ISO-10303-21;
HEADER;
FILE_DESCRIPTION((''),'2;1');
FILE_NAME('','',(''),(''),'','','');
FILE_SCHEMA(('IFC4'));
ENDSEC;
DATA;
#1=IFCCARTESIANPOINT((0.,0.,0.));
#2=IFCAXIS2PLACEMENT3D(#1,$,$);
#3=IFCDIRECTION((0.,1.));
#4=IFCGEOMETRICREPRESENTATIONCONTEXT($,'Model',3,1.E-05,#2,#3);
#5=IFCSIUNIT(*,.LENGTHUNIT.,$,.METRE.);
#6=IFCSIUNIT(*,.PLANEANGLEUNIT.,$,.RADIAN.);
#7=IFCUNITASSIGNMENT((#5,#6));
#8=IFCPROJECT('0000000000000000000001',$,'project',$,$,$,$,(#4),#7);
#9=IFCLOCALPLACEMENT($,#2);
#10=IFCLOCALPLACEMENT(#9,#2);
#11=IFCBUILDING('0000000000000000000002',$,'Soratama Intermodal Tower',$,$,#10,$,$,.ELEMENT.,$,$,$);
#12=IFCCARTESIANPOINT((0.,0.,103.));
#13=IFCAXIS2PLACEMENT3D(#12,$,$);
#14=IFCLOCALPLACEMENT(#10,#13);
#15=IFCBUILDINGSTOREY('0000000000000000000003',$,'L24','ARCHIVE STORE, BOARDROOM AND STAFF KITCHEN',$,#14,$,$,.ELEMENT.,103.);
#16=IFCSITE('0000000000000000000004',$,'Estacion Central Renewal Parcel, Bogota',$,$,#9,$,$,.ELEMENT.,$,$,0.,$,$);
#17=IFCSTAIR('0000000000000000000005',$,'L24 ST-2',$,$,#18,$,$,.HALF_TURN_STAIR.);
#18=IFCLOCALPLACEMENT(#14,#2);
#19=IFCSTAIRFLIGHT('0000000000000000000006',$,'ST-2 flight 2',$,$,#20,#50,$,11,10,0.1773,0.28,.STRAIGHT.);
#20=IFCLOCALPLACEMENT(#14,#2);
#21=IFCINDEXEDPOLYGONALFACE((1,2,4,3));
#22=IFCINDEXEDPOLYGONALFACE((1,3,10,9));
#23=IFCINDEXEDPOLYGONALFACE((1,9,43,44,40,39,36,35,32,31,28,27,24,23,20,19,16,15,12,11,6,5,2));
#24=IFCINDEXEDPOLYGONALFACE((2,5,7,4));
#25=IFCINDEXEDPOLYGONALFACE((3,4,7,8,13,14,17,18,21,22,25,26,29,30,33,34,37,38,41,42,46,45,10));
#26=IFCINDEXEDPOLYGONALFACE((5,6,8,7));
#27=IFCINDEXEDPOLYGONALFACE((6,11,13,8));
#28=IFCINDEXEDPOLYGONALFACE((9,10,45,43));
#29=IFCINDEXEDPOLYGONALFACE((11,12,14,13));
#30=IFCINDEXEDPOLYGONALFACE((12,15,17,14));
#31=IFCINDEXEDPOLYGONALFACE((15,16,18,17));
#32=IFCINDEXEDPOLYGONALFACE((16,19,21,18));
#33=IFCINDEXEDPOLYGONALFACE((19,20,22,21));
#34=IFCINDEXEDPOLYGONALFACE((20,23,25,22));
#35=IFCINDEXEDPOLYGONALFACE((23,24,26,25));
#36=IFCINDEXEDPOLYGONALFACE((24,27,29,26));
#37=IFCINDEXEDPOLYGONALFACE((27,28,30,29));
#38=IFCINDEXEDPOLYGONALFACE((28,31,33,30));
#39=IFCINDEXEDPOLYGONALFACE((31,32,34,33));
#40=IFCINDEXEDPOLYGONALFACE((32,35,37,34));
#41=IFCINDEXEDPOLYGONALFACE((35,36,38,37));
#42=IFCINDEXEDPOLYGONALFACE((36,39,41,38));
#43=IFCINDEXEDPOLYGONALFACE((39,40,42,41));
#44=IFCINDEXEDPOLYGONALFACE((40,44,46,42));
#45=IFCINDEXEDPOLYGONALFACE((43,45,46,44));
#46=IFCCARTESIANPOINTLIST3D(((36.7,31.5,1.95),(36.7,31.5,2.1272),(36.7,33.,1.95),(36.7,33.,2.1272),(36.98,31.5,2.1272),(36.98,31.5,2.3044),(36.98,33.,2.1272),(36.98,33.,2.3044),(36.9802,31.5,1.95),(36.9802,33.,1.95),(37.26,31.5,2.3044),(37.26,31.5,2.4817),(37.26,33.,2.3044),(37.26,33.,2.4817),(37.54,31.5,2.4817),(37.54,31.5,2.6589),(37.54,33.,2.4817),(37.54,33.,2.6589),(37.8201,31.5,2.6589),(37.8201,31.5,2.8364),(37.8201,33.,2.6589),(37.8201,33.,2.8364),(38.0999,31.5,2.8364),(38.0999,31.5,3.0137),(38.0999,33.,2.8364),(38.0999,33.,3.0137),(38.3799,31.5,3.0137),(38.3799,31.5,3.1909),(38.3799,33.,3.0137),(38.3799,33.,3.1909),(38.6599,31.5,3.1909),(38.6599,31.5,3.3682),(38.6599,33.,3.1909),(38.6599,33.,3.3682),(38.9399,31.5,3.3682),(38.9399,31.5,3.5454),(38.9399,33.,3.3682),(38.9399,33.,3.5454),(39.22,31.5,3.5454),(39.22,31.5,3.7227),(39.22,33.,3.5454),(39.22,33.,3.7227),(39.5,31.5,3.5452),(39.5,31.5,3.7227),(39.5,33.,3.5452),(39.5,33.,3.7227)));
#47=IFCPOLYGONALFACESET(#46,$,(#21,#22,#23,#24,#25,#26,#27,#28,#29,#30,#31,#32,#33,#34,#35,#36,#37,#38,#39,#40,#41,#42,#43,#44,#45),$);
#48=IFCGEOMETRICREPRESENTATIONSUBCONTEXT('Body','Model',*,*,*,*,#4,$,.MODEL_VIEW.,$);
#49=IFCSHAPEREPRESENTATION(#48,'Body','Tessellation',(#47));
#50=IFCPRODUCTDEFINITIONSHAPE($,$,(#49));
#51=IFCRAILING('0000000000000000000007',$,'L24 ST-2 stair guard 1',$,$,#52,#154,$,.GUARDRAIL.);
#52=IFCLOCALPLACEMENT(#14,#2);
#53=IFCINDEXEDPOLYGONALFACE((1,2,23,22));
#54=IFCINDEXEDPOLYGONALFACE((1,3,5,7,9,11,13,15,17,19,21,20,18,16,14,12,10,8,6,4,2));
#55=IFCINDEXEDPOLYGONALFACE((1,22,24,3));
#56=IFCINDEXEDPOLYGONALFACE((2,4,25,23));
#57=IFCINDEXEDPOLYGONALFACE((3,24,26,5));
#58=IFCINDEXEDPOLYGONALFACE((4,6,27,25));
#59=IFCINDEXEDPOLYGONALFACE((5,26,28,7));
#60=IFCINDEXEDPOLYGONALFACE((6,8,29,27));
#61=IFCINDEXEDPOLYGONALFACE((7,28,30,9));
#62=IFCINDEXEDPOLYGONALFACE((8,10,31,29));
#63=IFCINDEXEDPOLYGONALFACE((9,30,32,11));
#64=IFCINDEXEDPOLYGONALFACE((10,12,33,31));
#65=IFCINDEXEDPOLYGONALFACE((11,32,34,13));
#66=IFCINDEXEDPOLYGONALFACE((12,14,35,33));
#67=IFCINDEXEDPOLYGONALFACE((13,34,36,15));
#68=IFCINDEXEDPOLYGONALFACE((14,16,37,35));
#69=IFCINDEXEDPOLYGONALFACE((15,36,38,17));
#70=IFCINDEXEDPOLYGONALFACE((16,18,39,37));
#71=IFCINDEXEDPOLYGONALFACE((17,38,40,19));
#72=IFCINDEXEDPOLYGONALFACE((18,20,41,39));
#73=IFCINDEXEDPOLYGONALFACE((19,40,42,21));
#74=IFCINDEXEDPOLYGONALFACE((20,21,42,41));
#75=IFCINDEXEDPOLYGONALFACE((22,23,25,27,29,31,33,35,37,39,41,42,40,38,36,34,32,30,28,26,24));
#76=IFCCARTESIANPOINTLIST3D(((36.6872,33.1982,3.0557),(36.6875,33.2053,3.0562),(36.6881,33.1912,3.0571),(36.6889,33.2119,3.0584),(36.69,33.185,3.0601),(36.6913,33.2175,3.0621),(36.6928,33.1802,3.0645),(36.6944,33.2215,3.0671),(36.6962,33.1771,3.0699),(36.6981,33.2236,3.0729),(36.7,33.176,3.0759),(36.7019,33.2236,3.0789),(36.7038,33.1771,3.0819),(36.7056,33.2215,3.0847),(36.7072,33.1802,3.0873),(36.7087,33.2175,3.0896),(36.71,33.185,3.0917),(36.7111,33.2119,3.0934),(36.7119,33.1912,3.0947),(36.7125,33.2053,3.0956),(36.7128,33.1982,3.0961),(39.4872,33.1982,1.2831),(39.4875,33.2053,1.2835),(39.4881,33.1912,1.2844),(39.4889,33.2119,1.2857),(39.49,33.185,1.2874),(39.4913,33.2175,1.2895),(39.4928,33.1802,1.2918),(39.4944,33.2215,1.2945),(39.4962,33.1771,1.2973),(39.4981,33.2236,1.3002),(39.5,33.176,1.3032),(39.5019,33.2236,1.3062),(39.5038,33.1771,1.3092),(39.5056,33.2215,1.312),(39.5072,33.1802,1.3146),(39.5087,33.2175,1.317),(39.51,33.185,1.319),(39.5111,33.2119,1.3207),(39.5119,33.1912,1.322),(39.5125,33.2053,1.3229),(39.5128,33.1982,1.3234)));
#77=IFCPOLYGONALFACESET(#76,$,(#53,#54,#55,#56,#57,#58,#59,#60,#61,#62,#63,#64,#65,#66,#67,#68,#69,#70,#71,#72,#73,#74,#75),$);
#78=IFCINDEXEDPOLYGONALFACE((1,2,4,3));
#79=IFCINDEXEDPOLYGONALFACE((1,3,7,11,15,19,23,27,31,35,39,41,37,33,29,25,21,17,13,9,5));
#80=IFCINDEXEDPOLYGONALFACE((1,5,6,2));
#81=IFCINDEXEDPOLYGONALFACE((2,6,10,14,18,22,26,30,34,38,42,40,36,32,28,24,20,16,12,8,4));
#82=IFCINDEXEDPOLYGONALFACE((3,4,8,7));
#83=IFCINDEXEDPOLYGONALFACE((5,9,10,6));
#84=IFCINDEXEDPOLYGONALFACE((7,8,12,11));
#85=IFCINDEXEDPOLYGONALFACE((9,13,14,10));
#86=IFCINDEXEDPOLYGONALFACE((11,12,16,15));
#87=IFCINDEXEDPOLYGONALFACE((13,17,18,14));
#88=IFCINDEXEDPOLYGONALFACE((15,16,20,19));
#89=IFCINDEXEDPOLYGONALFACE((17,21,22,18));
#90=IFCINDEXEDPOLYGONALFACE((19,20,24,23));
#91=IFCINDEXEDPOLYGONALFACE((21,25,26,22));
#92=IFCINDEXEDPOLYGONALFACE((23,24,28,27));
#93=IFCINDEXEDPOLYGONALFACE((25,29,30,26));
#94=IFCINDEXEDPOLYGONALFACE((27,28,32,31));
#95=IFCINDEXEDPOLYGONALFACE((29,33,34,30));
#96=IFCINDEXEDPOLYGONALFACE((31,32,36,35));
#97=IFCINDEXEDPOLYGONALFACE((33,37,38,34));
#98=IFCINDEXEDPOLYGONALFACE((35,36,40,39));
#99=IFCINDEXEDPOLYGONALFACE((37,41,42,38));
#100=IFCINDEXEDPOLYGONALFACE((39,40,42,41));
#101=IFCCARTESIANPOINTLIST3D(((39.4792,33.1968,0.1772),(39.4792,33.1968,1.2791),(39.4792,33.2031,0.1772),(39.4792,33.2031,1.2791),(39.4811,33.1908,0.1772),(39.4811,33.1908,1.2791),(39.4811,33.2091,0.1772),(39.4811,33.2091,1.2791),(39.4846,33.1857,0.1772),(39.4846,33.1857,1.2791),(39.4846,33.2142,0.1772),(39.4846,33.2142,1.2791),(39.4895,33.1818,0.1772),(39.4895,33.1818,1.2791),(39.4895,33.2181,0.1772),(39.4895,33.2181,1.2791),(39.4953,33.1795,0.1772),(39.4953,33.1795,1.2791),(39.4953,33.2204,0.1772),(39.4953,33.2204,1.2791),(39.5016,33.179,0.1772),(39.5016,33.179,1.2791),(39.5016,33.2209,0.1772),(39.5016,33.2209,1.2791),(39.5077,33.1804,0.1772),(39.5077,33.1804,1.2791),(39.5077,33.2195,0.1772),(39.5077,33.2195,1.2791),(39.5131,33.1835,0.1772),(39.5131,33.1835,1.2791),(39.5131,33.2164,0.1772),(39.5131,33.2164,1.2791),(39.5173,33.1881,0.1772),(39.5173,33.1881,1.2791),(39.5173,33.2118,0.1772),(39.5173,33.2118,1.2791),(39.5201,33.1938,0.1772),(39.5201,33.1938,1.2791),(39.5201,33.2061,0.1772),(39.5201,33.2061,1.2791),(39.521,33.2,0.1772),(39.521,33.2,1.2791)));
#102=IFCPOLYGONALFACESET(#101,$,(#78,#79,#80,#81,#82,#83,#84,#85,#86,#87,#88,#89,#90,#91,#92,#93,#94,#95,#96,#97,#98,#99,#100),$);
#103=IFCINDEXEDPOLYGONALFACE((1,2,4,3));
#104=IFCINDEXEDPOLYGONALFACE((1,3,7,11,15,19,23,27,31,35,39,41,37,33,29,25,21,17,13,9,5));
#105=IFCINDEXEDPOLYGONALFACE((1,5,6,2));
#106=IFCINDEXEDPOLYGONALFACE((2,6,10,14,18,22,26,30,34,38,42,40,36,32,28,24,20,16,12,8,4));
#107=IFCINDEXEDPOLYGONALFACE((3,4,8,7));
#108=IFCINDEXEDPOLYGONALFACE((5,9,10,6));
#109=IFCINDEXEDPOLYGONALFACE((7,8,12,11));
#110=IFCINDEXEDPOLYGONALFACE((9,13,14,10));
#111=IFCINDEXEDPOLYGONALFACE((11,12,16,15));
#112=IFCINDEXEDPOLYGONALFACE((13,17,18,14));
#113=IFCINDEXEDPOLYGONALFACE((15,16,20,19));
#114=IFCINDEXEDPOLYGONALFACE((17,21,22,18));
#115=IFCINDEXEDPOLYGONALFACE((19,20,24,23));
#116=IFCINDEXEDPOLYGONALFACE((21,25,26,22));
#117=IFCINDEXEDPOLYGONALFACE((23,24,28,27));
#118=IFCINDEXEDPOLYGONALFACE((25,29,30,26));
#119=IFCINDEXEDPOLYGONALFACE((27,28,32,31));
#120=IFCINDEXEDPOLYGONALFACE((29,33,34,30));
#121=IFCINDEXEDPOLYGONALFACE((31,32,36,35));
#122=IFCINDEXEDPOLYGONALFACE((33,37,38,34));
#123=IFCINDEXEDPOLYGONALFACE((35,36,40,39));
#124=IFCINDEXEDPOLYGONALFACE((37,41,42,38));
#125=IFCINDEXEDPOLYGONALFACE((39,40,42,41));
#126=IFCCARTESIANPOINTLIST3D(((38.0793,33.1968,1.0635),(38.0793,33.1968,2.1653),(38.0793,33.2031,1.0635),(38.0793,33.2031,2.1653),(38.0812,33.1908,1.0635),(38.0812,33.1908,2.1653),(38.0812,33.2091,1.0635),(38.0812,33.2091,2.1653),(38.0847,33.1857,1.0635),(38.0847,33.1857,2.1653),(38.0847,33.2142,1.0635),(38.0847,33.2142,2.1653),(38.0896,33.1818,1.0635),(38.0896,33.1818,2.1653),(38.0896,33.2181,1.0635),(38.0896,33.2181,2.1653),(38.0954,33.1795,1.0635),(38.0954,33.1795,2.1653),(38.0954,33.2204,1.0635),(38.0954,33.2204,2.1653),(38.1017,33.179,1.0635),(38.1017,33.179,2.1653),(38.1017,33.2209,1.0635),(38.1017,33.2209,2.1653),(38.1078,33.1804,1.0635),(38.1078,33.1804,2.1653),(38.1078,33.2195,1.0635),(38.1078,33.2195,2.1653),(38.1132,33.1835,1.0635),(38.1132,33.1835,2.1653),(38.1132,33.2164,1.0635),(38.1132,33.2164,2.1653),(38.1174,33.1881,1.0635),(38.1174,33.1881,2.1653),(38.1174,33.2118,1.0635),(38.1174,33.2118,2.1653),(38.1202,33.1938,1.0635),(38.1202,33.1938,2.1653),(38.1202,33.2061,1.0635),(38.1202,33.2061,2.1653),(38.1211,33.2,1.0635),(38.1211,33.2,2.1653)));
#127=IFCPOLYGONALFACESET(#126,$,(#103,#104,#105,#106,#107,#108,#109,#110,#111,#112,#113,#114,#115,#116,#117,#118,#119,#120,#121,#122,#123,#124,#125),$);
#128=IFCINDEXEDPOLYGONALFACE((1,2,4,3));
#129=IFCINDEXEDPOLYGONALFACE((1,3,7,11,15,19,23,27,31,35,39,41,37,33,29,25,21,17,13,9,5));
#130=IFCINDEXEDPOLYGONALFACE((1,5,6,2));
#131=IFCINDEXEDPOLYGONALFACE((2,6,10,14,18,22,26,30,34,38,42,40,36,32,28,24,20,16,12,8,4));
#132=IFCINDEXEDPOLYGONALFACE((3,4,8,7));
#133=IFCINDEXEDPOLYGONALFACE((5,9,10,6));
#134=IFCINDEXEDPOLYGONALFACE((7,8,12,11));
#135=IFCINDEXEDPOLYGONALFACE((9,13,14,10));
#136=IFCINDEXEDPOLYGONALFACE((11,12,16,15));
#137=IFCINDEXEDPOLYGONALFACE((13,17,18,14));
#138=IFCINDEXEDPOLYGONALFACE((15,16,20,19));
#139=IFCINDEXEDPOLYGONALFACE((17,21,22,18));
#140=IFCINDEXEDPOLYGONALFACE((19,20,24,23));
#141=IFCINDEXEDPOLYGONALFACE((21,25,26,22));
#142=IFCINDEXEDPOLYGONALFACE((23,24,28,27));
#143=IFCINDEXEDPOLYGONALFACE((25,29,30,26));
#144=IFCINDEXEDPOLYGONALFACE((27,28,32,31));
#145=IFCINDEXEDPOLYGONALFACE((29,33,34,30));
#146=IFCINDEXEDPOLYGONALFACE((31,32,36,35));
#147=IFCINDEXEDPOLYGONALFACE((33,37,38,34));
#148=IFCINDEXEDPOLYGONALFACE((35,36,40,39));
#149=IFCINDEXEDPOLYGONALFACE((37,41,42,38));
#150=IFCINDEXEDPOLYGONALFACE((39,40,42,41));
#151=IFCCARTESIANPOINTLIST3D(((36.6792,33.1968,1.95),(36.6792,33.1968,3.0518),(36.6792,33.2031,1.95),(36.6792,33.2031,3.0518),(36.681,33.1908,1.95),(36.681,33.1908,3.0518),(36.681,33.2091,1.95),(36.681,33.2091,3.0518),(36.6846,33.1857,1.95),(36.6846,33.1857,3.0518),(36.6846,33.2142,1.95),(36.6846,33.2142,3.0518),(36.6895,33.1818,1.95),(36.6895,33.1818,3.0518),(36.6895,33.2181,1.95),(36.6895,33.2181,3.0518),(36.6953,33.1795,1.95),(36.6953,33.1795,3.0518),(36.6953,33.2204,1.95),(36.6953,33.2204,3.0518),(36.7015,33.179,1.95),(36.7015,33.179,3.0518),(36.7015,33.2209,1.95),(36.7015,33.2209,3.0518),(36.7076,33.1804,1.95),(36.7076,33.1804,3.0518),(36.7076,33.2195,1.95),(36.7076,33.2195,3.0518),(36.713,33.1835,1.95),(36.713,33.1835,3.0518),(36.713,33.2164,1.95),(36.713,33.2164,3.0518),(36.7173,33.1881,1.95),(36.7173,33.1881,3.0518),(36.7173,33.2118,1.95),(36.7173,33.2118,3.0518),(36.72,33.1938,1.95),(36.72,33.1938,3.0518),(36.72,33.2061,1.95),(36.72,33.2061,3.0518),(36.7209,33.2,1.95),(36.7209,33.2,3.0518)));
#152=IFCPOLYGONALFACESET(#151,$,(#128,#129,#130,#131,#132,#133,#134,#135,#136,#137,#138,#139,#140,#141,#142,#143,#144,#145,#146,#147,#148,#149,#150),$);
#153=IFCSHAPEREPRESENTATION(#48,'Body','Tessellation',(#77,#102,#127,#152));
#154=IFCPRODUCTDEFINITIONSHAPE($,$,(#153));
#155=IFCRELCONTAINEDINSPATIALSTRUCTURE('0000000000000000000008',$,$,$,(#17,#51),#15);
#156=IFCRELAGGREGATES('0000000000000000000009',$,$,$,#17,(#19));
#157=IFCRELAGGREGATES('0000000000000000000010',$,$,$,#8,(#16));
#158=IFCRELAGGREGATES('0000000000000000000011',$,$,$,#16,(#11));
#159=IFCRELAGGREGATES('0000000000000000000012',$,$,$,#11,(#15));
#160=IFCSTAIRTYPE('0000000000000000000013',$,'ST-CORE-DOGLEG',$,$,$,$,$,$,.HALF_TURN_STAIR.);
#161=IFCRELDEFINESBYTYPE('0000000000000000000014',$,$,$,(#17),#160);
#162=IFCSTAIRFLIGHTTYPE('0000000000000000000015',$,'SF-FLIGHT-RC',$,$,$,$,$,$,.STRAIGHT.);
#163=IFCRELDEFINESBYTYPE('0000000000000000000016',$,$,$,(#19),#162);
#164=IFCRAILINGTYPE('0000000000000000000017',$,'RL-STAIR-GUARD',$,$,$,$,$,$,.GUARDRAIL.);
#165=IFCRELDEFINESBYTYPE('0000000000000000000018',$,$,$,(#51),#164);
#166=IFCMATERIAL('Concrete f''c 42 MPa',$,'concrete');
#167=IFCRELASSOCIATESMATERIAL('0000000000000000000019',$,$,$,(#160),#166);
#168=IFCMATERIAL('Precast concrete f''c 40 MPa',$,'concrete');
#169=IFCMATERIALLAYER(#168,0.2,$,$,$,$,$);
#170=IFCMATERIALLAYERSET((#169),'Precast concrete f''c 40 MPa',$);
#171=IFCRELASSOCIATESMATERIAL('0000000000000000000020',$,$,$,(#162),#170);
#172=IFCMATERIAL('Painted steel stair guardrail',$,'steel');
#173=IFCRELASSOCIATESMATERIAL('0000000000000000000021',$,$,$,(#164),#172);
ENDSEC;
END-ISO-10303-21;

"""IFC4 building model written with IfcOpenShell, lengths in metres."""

from ifc_helpers import new_model, si_unit, direction, frame, origin, origin_2d, place, context, subcontext, project, spatial, polyline, circle, outline, extrude, material, layer, layer_set, type_object, element, aggregate, save


model = new_model("IFC4")

# Units and contexts
model_context = context("Model", 3, precision=1e-05, world=origin(), true_north=direction((0.0, 1.0)))
body_context = subcontext(model_context, "Body", "Model", "MODEL_VIEW")
ifc_project = project(units=[si_unit("LENGTHUNIT", "METRE"), si_unit("PLANEANGLEUNIT", "RADIAN")], contexts=[model_context])

# Site, building, storey
site_placement = place(None, origin())
site = spatial("IfcSite", under=ifc_project, at=site_placement, Name="Estacion Central Renewal Parcel, Bogota", CompositionType="ELEMENT", RefElevation=0.0)
building_placement = place(site_placement, origin())
building = spatial("IfcBuilding", under=site, at=building_placement, Name="Soratama Intermodal Tower", CompositionType="ELEMENT")
storey_placement = place(building_placement, frame((0.0, 0.0, 103.0)))
storey = spatial("IfcBuildingStorey", under=building, at=storey_placement, Name="L24", Description="ARCHIVE STORE, BOARDROOM AND STAFF KITCHEN", CompositionType="ELEMENT", Elevation=103.0)

# Stair, stair flight
ifc_material_1 = material(Name="Concrete f'c 42 MPa", Category="concrete")
stair_type = type_object("IfcStairType", Name="ST-CORE-DOGLEG", PredefinedType="HALF_TURN_STAIR", material=ifc_material_1)
stair_placement = place(storey_placement, origin())
stair = element("IfcStair", 1, at=stair_placement, inside=storey, type_object=stair_type, Name="L24 ST-2", PredefinedType="HALF_TURN_STAIR")
ifc_material_2 = material(Name="Precast concrete f'c 40 MPa", Category="concrete")
ifc_layer_1 = layer(ifc_material_2, 0.2)
ifc_layer_set_1 = layer_set([ifc_layer_1], Name="Precast concrete f'c 40 MPa")
stair_flight_type = type_object("IfcStairFlightType", Name="SF-FLIGHT-RC", PredefinedType="STRAIGHT", material=ifc_layer_set_1)
stair_flight_placement = place(storey_placement, frame((36.7, 32.25, 1.95), z_axis=(0.0, 0.0, 1.0), x_axis=(1.0, 0.0, 0.0)))
stair_flight = element("IfcStairFlight", 2, at=stair_flight_placement, type_object=stair_flight_type, Name="ST-2 flight 2", NumberOfRisers=11, NumberOfTreads=10, PredefinedType="STRAIGHT", RiserHeight=0.1773, TreadLength=0.28, context=body_context, shape_type="SweptSolid", body=[
    extrude(outline(polyline([(0.0, 0.0), (0.0, 0.1772), (0.28, 0.1772), (0.28, 0.3545), (0.5601, 0.3545), (0.5601, 0.5317), (0.8401, 0.5317), (0.8401, 0.709), (1.1201, 0.709), (1.1201, 0.8865), (1.3999, 0.8865), (1.3999, 1.0637), (1.6799, 1.0637), (1.6799, 1.241), (1.96, 1.241), (1.96, 1.4182), (2.24, 1.4182), (2.24, 1.5955), (2.52, 1.5955), (2.52, 1.7727), (2.8, 1.7727), (2.8, 1.95), (2.8, 1.5952), (0.2803, 0.0), (0.0, 0.0)])), frame((0.0, 0.75, 0.0), z_axis=(0.0, -1.0, 0.0), x_axis=(1.0, 0.0, 0.0)), (0.0, 0.0, 1.0), 1.5),
])
aggregate(stair, [stair_flight])

# Railing
ifc_material_3 = material(Name="Painted steel stair guardrail", Category="steel")
railing_type_1 = type_object("IfcRailingType", Name="RL-STAIR-GUARD", PredefinedType="GUARDRAIL", material=ifc_material_3)
railing_1_placement = place(storey_placement, frame((39.5, 33.2, 0.1772)))
element("IfcRailing", 3, at=railing_1_placement, inside=storey, type_object=railing_type_1, Name="L24 ST-2 stair guard 1", PredefinedType="GUARDRAIL", context=body_context, shape_type="SweptSolid", body=[
    extrude(circle(Radius=0.0239, at=origin_2d()), frame((0.0, 0.0, 1.126), z_axis=(-0.844909, 0.0, 0.53491), x_axis=(0.0, -1.0, 0.0)), (0.0, 0.0, 1.0), 3.314),
    extrude(circle(Radius=0.021, at=origin_2d()), origin(), (0.0, 0.0, 1.0), 1.1018),
    extrude(circle(Radius=0.021, at=origin_2d()), frame((-1.3999, 0.0, 0.8862)), (0.0, 0.0, 1.0), 1.1018),
    extrude(circle(Radius=0.021, at=origin_2d()), frame((-2.8, 0.0, 1.7727)), (0.0, 0.0, 1.0), 1.1018),
])

save(model, "model.ifc")
